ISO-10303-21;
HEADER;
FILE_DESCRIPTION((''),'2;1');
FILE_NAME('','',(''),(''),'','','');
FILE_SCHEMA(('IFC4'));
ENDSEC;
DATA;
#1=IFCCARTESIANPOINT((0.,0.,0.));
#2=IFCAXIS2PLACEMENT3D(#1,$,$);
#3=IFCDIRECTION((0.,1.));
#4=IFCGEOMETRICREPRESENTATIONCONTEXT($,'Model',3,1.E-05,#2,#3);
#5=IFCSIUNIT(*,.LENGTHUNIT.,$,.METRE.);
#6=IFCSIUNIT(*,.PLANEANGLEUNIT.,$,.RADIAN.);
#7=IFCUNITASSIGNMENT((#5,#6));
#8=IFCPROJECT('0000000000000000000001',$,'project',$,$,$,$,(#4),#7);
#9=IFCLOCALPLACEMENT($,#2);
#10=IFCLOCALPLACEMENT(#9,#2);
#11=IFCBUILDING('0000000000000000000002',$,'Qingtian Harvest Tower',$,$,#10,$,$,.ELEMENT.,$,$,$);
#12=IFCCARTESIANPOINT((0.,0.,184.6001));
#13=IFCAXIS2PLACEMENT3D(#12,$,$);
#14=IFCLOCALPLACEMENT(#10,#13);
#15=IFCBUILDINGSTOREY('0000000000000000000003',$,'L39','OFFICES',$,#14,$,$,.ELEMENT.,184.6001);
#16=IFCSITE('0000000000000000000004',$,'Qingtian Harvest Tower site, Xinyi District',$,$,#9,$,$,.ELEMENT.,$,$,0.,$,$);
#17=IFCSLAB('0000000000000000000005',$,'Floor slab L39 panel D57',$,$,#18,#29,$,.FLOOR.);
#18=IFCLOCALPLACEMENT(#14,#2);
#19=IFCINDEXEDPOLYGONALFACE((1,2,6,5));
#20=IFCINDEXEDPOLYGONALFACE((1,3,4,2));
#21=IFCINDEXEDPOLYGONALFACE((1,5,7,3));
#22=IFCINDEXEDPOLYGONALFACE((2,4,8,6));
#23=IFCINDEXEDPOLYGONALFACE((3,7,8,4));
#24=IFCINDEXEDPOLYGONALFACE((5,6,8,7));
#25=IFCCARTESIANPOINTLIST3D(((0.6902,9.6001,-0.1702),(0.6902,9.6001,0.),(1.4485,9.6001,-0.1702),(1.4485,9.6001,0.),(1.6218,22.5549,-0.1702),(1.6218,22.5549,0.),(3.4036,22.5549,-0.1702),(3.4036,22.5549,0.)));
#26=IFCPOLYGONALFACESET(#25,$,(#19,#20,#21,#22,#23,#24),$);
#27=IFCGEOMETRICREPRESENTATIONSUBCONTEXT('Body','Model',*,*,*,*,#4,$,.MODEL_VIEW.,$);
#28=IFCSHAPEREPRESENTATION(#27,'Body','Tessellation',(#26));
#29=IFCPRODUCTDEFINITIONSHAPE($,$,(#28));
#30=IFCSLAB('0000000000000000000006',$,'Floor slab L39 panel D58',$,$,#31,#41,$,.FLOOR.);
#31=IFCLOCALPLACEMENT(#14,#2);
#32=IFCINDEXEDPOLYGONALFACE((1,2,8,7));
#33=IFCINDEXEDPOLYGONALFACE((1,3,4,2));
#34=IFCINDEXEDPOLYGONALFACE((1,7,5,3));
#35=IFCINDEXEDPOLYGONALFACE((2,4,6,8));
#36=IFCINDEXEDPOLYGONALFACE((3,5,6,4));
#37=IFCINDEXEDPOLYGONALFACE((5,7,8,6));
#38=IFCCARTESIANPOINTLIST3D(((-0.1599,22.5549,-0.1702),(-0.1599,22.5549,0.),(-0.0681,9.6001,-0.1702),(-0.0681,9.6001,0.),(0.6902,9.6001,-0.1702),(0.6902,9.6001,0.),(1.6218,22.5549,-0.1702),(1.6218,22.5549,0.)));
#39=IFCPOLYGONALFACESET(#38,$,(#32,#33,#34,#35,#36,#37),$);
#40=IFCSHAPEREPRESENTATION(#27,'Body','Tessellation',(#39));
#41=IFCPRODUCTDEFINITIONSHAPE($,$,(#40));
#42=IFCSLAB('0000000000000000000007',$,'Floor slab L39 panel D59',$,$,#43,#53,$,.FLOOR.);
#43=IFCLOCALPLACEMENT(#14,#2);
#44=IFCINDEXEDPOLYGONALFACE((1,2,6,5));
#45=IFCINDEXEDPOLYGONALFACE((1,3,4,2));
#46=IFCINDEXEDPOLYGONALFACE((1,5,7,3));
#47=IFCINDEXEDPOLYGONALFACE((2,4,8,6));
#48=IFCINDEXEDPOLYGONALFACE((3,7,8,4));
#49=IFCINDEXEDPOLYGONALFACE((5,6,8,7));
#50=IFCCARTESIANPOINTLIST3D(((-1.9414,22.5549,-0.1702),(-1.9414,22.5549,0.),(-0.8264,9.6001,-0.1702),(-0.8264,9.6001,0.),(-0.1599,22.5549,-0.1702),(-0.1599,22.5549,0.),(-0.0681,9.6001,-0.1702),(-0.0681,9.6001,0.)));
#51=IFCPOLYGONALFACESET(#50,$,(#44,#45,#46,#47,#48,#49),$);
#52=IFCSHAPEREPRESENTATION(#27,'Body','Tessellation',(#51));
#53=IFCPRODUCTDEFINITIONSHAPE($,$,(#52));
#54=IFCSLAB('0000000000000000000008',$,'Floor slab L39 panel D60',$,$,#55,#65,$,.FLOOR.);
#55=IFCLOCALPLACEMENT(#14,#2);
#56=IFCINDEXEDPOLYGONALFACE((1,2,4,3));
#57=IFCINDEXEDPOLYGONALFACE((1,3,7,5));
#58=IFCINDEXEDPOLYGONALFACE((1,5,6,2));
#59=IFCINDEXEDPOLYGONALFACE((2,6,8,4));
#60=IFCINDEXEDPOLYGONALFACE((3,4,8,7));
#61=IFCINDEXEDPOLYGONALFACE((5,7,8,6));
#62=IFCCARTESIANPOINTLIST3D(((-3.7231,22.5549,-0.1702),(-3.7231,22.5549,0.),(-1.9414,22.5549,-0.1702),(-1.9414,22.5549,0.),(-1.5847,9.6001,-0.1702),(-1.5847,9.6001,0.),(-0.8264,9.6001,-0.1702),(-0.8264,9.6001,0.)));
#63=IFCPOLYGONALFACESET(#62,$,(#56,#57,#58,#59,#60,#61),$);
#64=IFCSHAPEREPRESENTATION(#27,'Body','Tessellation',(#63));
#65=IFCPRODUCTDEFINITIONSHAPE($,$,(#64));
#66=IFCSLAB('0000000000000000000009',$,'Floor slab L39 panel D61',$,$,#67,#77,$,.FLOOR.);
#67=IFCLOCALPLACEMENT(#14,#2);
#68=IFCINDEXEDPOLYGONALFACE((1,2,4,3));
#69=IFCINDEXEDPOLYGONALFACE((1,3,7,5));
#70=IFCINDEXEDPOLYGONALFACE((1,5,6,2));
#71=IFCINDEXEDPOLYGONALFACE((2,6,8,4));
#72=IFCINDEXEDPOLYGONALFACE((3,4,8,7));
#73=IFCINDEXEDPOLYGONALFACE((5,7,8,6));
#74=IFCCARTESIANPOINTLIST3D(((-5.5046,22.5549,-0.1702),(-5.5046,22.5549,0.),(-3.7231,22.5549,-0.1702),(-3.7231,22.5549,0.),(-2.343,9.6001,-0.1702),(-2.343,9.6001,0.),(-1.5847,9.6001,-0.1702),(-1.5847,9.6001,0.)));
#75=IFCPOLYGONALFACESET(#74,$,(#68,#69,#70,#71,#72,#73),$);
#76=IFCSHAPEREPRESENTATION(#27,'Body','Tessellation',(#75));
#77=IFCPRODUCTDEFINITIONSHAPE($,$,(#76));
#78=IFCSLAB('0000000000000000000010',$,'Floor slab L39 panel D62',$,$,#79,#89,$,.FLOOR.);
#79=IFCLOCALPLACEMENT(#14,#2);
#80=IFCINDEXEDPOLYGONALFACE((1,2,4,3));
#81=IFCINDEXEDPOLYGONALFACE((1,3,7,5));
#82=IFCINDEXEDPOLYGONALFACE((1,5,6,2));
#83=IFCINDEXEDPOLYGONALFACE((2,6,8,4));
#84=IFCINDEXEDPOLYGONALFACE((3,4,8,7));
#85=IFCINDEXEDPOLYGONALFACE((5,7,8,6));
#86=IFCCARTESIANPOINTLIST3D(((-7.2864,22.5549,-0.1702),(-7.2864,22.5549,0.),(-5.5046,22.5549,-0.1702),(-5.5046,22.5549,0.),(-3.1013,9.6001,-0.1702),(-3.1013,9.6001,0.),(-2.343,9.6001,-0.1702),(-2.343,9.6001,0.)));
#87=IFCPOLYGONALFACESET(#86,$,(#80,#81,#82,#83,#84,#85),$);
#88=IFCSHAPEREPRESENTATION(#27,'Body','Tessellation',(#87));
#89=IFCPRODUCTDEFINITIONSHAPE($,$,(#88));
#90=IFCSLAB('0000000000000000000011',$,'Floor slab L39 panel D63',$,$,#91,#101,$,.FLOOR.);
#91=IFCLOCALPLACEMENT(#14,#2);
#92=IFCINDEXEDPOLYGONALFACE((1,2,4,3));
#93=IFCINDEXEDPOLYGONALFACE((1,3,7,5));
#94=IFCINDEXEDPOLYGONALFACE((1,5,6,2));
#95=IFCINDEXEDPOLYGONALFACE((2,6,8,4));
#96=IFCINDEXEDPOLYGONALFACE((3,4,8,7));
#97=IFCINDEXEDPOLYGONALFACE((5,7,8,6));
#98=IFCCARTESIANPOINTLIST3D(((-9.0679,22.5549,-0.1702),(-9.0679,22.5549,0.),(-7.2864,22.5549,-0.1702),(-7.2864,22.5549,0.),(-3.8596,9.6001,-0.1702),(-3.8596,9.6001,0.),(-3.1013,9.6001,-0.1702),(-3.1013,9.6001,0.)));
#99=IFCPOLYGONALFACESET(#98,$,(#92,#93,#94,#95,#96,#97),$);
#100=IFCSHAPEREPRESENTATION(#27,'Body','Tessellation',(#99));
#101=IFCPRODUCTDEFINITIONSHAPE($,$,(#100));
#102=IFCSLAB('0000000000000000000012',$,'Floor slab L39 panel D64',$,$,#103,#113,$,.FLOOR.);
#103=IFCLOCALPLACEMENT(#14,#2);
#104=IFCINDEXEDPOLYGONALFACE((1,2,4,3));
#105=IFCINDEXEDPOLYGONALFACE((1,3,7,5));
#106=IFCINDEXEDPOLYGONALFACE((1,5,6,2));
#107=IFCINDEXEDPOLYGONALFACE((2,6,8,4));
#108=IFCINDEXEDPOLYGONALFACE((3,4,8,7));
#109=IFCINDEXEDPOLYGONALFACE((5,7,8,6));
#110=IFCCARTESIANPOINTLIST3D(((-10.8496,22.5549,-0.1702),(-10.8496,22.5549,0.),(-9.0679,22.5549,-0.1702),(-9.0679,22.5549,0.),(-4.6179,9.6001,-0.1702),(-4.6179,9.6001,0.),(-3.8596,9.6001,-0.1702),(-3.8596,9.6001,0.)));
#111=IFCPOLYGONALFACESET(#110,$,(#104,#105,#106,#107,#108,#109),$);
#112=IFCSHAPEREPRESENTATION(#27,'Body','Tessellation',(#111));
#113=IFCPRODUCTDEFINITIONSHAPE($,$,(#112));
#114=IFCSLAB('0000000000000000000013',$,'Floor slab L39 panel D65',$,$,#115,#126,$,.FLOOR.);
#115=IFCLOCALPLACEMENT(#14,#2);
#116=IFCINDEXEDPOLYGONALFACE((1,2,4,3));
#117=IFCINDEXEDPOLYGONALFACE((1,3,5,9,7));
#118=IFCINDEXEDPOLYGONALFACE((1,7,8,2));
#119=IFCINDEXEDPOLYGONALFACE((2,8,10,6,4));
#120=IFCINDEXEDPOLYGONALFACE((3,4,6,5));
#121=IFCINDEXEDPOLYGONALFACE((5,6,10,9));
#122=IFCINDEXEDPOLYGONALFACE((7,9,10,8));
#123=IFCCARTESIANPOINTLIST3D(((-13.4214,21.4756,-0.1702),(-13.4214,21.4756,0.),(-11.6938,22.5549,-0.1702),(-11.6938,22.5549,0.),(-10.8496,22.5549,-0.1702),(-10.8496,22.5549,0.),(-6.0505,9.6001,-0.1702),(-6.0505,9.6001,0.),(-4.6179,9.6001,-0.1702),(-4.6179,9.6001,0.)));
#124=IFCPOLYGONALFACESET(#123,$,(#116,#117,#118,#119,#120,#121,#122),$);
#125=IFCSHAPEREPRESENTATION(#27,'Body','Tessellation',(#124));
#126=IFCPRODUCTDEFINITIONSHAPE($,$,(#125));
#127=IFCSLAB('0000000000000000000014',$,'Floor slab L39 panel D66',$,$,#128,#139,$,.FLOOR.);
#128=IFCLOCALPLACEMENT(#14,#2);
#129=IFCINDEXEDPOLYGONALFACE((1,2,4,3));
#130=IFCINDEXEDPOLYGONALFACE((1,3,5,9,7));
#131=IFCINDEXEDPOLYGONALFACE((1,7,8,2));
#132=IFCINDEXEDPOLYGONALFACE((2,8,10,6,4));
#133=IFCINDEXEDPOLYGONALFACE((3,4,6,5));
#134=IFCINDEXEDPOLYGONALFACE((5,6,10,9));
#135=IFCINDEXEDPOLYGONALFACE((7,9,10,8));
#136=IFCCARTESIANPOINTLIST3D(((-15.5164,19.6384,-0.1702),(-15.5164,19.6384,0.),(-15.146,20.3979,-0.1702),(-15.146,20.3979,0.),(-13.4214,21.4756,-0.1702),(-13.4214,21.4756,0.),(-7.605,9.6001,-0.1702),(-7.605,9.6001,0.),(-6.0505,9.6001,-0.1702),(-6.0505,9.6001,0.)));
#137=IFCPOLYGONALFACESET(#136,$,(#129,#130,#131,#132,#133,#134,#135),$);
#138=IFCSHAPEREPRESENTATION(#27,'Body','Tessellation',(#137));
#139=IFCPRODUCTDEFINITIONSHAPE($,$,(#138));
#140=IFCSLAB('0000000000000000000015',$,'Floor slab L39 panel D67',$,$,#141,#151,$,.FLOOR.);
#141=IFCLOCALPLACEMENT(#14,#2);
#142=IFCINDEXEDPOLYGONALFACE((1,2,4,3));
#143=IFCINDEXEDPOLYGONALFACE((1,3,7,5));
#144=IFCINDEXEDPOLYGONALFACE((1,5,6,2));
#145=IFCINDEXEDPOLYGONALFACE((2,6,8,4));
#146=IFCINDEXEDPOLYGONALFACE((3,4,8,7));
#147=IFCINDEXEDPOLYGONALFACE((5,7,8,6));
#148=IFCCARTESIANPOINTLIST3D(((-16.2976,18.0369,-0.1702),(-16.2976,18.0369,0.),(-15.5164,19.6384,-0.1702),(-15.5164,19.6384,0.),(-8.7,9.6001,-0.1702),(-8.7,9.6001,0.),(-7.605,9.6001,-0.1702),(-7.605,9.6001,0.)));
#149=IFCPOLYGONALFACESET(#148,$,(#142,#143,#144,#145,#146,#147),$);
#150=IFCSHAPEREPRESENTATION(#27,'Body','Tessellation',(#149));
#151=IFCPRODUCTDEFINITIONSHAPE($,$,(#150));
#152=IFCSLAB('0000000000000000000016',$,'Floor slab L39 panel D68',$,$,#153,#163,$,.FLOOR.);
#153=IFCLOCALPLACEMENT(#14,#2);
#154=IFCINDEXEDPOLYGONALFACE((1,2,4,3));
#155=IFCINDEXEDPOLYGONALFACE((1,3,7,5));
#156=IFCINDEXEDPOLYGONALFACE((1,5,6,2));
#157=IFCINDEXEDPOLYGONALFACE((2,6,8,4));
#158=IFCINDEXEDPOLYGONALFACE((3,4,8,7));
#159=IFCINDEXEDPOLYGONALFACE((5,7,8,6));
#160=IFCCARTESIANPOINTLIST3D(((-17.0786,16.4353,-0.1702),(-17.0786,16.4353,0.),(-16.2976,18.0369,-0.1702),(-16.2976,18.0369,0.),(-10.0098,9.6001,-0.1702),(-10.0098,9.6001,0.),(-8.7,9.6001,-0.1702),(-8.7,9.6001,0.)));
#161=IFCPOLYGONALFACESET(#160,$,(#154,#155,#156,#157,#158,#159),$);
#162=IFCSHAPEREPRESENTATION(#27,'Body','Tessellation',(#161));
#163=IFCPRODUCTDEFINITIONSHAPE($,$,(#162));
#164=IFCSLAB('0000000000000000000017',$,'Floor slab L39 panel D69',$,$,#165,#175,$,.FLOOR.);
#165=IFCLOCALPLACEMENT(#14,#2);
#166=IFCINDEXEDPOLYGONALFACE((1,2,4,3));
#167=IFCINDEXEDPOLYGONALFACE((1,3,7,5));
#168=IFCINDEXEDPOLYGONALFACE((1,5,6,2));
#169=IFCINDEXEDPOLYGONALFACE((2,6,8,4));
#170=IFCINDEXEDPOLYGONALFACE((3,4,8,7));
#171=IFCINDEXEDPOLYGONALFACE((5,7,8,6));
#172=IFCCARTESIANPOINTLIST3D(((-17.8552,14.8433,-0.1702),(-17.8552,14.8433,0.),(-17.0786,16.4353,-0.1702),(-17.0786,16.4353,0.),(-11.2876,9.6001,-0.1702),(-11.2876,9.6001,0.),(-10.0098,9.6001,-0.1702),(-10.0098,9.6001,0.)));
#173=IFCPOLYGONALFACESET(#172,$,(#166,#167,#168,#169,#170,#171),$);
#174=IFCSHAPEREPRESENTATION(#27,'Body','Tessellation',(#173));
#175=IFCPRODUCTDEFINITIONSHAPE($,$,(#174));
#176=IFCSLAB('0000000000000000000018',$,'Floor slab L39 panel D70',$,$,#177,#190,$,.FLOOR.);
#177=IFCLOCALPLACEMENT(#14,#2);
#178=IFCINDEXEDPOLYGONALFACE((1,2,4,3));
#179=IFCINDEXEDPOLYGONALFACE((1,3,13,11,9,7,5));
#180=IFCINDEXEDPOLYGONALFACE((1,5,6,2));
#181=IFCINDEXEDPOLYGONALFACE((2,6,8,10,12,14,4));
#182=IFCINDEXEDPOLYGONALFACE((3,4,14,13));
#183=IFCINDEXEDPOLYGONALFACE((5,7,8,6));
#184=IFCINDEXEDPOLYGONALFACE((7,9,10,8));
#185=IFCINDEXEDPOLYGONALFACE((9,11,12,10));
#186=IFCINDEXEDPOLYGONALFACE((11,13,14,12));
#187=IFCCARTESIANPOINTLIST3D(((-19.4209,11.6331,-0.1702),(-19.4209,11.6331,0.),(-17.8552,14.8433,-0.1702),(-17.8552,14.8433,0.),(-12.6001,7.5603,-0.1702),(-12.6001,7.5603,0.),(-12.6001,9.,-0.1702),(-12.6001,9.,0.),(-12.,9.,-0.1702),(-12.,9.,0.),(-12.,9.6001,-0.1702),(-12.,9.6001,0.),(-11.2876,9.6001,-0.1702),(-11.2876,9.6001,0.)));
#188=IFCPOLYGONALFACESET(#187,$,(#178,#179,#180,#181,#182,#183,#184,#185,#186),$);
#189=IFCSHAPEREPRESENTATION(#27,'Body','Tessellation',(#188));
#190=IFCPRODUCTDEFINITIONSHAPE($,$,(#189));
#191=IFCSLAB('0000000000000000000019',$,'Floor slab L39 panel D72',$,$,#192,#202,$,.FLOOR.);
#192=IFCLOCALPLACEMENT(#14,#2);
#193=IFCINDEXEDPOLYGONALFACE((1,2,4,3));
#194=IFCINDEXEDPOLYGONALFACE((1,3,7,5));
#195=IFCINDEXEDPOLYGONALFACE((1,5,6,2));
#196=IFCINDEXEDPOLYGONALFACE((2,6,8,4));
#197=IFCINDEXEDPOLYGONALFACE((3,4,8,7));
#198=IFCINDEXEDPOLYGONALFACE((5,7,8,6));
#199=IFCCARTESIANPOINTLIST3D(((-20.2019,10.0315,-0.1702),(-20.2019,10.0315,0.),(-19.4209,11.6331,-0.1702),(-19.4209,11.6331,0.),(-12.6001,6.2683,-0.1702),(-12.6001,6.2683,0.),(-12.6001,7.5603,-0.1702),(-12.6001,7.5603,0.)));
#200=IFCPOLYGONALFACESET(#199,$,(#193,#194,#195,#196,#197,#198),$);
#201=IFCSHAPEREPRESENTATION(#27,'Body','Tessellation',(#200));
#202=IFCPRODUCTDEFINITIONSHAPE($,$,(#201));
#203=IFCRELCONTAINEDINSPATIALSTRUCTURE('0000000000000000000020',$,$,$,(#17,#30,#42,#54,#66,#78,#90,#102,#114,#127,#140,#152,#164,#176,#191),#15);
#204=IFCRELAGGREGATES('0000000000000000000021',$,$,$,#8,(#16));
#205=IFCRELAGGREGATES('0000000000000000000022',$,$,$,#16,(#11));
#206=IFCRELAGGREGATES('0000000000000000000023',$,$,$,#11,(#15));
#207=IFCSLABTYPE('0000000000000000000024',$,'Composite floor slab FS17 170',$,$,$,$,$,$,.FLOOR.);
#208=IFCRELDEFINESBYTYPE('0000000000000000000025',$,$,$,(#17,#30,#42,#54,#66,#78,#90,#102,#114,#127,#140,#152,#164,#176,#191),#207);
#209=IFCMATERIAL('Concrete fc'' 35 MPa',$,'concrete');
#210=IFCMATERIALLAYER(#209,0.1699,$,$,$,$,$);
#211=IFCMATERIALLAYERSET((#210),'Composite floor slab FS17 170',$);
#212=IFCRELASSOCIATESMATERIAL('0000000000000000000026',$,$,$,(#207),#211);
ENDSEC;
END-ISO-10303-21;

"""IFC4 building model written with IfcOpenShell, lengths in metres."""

from ifc_helpers import new_model, si_unit, direction, frame, origin, place, context, subcontext, project, spatial, polyline, outline, extrude, material, layer, layer_set, type_object, element, save


model = new_model("IFC4")

# Units and contexts
model_context = context("Model", 3, precision=1e-05, world=origin(), true_north=direction((0.0, 1.0)))
body_context = subcontext(model_context, "Body", "Model", "MODEL_VIEW")
ifc_project = project(units=[si_unit("LENGTHUNIT", "METRE"), si_unit("PLANEANGLEUNIT", "RADIAN")], contexts=[model_context])

# Site, building, storey
site_placement = place(None, origin())
site = spatial("IfcSite", under=ifc_project, at=site_placement, Name="Qingtian Harvest Tower site, Xinyi District", CompositionType="ELEMENT", RefElevation=0.0)
building_placement = place(site_placement, origin())
building = spatial("IfcBuilding", under=site, at=building_placement, Name="Qingtian Harvest Tower", CompositionType="ELEMENT")
storey_placement = place(building_placement, frame((0.0, 0.0, 184.6001)))
storey = spatial("IfcBuildingStorey", under=building, at=storey_placement, Name="L39", Description="OFFICES", CompositionType="ELEMENT", Elevation=184.6001)

# Slabs
ifc_material_1 = material(Name="Concrete fc' 35 MPa", Category="concrete")
ifc_layer_1 = layer(ifc_material_1, 0.1699)
ifc_layer_set_1 = layer_set([ifc_layer_1], Name="Composite floor slab FS17 170")
slab_type = type_object("IfcSlabType", Name="Composite floor slab FS17 170", PredefinedType="FLOOR", material=ifc_layer_set_1)
slab_1_placement = place(storey_placement, frame((0.0, 0.0, -0.1702)))
element("IfcSlab", 1, at=slab_1_placement, inside=storey, type_object=slab_type, Name="Floor slab L39 panel D57", PredefinedType="FLOOR", context=body_context, shape_type="SweptSolid", body=[
    extrude(outline(polyline([(0.6902, 9.6001), (1.6218, 22.5549), (3.4036, 22.5549), (1.4485, 9.6001), (0.6902, 9.6001)])), origin(), (0.0, 0.0, 1.0), 0.1702),
])
slab_2_placement = place(storey_placement, frame((0.0, 0.0, -0.1702)))
element("IfcSlab", 2, at=slab_2_placement, inside=storey, type_object=slab_type, Name="Floor slab L39 panel D58", PredefinedType="FLOOR", context=body_context, shape_type="SweptSolid", body=[
    extrude(outline(polyline([(-0.0681, 9.6001), (-0.1599, 22.5549), (1.6218, 22.5549), (0.6902, 9.6001), (-0.0681, 9.6001)])), origin(), (0.0, 0.0, 1.0), 0.1702),
])
slab_3_placement = place(storey_placement, frame((0.0, 0.0, -0.1702)))
element("IfcSlab", 3, at=slab_3_placement, inside=storey, type_object=slab_type, Name="Floor slab L39 panel D59", PredefinedType="FLOOR", context=body_context, shape_type="SweptSolid", body=[
    extrude(outline(polyline([(-0.8264, 9.6001), (-1.9414, 22.5549), (-0.1599, 22.5549), (-0.0681, 9.6001), (-0.8264, 9.6001)])), origin(), (0.0, 0.0, 1.0), 0.1702),
])
slab_4_placement = place(storey_placement, frame((0.0, 0.0, -0.1702)))
element("IfcSlab", 4, at=slab_4_placement, inside=storey, type_object=slab_type, Name="Floor slab L39 panel D60", PredefinedType="FLOOR", context=body_context, shape_type="SweptSolid", body=[
    extrude(outline(polyline([(-1.5847, 9.6001), (-3.7231, 22.5549), (-1.9414, 22.5549), (-0.8264, 9.6001), (-1.5847, 9.6001)])), origin(), (0.0, 0.0, 1.0), 0.1702),
])
slab_5_placement = place(storey_placement, frame((0.0, 0.0, -0.1702)))
element("IfcSlab", 5, at=slab_5_placement, inside=storey, type_object=slab_type, Name="Floor slab L39 panel D61", PredefinedType="FLOOR", context=body_context, shape_type="SweptSolid", body=[
    extrude(outline(polyline([(-2.343, 9.6001), (-5.5046, 22.5549), (-3.7231, 22.5549), (-1.5847, 9.6001), (-2.343, 9.6001)])), origin(), (0.0, 0.0, 1.0), 0.1702),
])
slab_6_placement = place(storey_placement, frame((0.0, 0.0, -0.1702)))
element("IfcSlab", 6, at=slab_6_placement, inside=storey, type_object=slab_type, Name="Floor slab L39 panel D62", PredefinedType="FLOOR", context=body_context, shape_type="SweptSolid", body=[
    extrude(outline(polyline([(-3.1013, 9.6001), (-7.2864, 22.5549), (-5.5046, 22.5549), (-2.343, 9.6001), (-3.1013, 9.6001)])), origin(), (0.0, 0.0, 1.0), 0.1702),
])
slab_7_placement = place(storey_placement, frame((0.0, 0.0, -0.1702)))
element("IfcSlab", 7, at=slab_7_placement, inside=storey, type_object=slab_type, Name="Floor slab L39 panel D63", PredefinedType="FLOOR", context=body_context, shape_type="SweptSolid", body=[
    extrude(outline(polyline([(-3.8596, 9.6001), (-9.0679, 22.5549), (-7.2864, 22.5549), (-3.1013, 9.6001), (-3.8596, 9.6001)])), origin(), (0.0, 0.0, 1.0), 0.1702),
])
slab_8_placement = place(storey_placement, frame((0.0, 0.0, -0.1702)))
element("IfcSlab", 8, at=slab_8_placement, inside=storey, type_object=slab_type, Name="Floor slab L39 panel D64", PredefinedType="FLOOR", context=body_context, shape_type="SweptSolid", body=[
    extrude(outline(polyline([(-4.6179, 9.6001), (-10.8496, 22.5549), (-9.0679, 22.5549), (-3.8596, 9.6001), (-4.6179, 9.6001)])), origin(), (0.0, 0.0, 1.0), 0.1702),
])
slab_9_placement = place(storey_placement, frame((0.0, 0.0, -0.1702)))
element("IfcSlab", 9, at=slab_9_placement, inside=storey, type_object=slab_type, Name="Floor slab L39 panel D65", PredefinedType="FLOOR", context=body_context, shape_type="SweptSolid", body=[
    extrude(outline(polyline([(-4.6179, 9.6001), (-6.0505, 9.6001), (-13.4214, 21.4756), (-11.6938, 22.5549), (-10.8496, 22.5549), (-4.6179, 9.6001)])), origin(), (0.0, 0.0, 1.0), 0.1702),
])
slab_10_placement = place(storey_placement, frame((0.0, 0.0, -0.1702)))
element("IfcSlab", 10, at=slab_10_placement, inside=storey, type_object=slab_type, Name="Floor slab L39 panel D66", PredefinedType="FLOOR", context=body_context, shape_type="SweptSolid", body=[
    extrude(outline(polyline([(-6.0505, 9.6001), (-7.605, 9.6001), (-15.5164, 19.6384), (-15.146, 20.3979), (-13.4214, 21.4756), (-6.0505, 9.6001)])), origin(), (0.0, 0.0, 1.0), 0.1702),
])
slab_11_placement = place(storey_placement, frame((0.0, 0.0, -0.1702)))
element("IfcSlab", 11, at=slab_11_placement, inside=storey, type_object=slab_type, Name="Floor slab L39 panel D67", PredefinedType="FLOOR", context=body_context, shape_type="SweptSolid", body=[
    extrude(outline(polyline([(-8.7, 9.6001), (-16.2976, 18.0369), (-15.5164, 19.6384), (-7.605, 9.6001), (-8.7, 9.6001)])), origin(), (0.0, 0.0, 1.0), 0.1702),
])
slab_12_placement = place(storey_placement, frame((0.0, 0.0, -0.1702)))
element("IfcSlab", 12, at=slab_12_placement, inside=storey, type_object=slab_type, Name="Floor slab L39 panel D68", PredefinedType="FLOOR", context=body_context, shape_type="SweptSolid", body=[
    extrude(outline(polyline([(-10.0098, 9.6001), (-17.0786, 16.4353), (-16.2976, 18.0369), (-8.7, 9.6001), (-10.0098, 9.6001)])), origin(), (0.0, 0.0, 1.0), 0.1702),
])
slab_13_placement = place(storey_placement, frame((0.0, 0.0, -0.1702)))
element("IfcSlab", 13, at=slab_13_placement, inside=storey, type_object=slab_type, Name="Floor slab L39 panel D69", PredefinedType="FLOOR", context=body_context, shape_type="SweptSolid", body=[
    extrude(outline(polyline([(-11.2876, 9.6001), (-17.8552, 14.8433), (-17.0786, 16.4353), (-10.0098, 9.6001), (-11.2876, 9.6001)])), origin(), (0.0, 0.0, 1.0), 0.1702),
])
slab_14_placement = place(storey_placement, frame((0.0, 0.0, -0.1702)))
element("IfcSlab", 14, at=slab_14_placement, inside=storey, type_object=slab_type, Name="Floor slab L39 panel D70", PredefinedType="FLOOR", context=body_context, shape_type="SweptSolid", body=[
    extrude(outline(polyline([(-12.0, 9.0), (-12.6001, 9.0), (-12.6001, 7.5603), (-19.4209, 11.6331), (-17.8552, 14.8433), (-11.2876, 9.6001), (-12.0, 9.6001), (-12.0, 9.0)])), origin(), (0.0, 0.0, 1.0), 0.1702),
])
slab_15_placement = place(storey_placement, frame((0.0, 0.0, -0.1702)))
element("IfcSlab", 15, at=slab_15_placement, inside=storey, type_object=slab_type, Name="Floor slab L39 panel D72", PredefinedType="FLOOR", context=body_context, shape_type="SweptSolid", body=[
    extrude(outline(polyline([(-12.6001, 6.2683), (-20.2019, 10.0315), (-19.4209, 11.6331), (-12.6001, 7.5603), (-12.6001, 6.2683)])), origin(), (0.0, 0.0, 1.0), 0.1702),
])

save(model, "model.ifc")
